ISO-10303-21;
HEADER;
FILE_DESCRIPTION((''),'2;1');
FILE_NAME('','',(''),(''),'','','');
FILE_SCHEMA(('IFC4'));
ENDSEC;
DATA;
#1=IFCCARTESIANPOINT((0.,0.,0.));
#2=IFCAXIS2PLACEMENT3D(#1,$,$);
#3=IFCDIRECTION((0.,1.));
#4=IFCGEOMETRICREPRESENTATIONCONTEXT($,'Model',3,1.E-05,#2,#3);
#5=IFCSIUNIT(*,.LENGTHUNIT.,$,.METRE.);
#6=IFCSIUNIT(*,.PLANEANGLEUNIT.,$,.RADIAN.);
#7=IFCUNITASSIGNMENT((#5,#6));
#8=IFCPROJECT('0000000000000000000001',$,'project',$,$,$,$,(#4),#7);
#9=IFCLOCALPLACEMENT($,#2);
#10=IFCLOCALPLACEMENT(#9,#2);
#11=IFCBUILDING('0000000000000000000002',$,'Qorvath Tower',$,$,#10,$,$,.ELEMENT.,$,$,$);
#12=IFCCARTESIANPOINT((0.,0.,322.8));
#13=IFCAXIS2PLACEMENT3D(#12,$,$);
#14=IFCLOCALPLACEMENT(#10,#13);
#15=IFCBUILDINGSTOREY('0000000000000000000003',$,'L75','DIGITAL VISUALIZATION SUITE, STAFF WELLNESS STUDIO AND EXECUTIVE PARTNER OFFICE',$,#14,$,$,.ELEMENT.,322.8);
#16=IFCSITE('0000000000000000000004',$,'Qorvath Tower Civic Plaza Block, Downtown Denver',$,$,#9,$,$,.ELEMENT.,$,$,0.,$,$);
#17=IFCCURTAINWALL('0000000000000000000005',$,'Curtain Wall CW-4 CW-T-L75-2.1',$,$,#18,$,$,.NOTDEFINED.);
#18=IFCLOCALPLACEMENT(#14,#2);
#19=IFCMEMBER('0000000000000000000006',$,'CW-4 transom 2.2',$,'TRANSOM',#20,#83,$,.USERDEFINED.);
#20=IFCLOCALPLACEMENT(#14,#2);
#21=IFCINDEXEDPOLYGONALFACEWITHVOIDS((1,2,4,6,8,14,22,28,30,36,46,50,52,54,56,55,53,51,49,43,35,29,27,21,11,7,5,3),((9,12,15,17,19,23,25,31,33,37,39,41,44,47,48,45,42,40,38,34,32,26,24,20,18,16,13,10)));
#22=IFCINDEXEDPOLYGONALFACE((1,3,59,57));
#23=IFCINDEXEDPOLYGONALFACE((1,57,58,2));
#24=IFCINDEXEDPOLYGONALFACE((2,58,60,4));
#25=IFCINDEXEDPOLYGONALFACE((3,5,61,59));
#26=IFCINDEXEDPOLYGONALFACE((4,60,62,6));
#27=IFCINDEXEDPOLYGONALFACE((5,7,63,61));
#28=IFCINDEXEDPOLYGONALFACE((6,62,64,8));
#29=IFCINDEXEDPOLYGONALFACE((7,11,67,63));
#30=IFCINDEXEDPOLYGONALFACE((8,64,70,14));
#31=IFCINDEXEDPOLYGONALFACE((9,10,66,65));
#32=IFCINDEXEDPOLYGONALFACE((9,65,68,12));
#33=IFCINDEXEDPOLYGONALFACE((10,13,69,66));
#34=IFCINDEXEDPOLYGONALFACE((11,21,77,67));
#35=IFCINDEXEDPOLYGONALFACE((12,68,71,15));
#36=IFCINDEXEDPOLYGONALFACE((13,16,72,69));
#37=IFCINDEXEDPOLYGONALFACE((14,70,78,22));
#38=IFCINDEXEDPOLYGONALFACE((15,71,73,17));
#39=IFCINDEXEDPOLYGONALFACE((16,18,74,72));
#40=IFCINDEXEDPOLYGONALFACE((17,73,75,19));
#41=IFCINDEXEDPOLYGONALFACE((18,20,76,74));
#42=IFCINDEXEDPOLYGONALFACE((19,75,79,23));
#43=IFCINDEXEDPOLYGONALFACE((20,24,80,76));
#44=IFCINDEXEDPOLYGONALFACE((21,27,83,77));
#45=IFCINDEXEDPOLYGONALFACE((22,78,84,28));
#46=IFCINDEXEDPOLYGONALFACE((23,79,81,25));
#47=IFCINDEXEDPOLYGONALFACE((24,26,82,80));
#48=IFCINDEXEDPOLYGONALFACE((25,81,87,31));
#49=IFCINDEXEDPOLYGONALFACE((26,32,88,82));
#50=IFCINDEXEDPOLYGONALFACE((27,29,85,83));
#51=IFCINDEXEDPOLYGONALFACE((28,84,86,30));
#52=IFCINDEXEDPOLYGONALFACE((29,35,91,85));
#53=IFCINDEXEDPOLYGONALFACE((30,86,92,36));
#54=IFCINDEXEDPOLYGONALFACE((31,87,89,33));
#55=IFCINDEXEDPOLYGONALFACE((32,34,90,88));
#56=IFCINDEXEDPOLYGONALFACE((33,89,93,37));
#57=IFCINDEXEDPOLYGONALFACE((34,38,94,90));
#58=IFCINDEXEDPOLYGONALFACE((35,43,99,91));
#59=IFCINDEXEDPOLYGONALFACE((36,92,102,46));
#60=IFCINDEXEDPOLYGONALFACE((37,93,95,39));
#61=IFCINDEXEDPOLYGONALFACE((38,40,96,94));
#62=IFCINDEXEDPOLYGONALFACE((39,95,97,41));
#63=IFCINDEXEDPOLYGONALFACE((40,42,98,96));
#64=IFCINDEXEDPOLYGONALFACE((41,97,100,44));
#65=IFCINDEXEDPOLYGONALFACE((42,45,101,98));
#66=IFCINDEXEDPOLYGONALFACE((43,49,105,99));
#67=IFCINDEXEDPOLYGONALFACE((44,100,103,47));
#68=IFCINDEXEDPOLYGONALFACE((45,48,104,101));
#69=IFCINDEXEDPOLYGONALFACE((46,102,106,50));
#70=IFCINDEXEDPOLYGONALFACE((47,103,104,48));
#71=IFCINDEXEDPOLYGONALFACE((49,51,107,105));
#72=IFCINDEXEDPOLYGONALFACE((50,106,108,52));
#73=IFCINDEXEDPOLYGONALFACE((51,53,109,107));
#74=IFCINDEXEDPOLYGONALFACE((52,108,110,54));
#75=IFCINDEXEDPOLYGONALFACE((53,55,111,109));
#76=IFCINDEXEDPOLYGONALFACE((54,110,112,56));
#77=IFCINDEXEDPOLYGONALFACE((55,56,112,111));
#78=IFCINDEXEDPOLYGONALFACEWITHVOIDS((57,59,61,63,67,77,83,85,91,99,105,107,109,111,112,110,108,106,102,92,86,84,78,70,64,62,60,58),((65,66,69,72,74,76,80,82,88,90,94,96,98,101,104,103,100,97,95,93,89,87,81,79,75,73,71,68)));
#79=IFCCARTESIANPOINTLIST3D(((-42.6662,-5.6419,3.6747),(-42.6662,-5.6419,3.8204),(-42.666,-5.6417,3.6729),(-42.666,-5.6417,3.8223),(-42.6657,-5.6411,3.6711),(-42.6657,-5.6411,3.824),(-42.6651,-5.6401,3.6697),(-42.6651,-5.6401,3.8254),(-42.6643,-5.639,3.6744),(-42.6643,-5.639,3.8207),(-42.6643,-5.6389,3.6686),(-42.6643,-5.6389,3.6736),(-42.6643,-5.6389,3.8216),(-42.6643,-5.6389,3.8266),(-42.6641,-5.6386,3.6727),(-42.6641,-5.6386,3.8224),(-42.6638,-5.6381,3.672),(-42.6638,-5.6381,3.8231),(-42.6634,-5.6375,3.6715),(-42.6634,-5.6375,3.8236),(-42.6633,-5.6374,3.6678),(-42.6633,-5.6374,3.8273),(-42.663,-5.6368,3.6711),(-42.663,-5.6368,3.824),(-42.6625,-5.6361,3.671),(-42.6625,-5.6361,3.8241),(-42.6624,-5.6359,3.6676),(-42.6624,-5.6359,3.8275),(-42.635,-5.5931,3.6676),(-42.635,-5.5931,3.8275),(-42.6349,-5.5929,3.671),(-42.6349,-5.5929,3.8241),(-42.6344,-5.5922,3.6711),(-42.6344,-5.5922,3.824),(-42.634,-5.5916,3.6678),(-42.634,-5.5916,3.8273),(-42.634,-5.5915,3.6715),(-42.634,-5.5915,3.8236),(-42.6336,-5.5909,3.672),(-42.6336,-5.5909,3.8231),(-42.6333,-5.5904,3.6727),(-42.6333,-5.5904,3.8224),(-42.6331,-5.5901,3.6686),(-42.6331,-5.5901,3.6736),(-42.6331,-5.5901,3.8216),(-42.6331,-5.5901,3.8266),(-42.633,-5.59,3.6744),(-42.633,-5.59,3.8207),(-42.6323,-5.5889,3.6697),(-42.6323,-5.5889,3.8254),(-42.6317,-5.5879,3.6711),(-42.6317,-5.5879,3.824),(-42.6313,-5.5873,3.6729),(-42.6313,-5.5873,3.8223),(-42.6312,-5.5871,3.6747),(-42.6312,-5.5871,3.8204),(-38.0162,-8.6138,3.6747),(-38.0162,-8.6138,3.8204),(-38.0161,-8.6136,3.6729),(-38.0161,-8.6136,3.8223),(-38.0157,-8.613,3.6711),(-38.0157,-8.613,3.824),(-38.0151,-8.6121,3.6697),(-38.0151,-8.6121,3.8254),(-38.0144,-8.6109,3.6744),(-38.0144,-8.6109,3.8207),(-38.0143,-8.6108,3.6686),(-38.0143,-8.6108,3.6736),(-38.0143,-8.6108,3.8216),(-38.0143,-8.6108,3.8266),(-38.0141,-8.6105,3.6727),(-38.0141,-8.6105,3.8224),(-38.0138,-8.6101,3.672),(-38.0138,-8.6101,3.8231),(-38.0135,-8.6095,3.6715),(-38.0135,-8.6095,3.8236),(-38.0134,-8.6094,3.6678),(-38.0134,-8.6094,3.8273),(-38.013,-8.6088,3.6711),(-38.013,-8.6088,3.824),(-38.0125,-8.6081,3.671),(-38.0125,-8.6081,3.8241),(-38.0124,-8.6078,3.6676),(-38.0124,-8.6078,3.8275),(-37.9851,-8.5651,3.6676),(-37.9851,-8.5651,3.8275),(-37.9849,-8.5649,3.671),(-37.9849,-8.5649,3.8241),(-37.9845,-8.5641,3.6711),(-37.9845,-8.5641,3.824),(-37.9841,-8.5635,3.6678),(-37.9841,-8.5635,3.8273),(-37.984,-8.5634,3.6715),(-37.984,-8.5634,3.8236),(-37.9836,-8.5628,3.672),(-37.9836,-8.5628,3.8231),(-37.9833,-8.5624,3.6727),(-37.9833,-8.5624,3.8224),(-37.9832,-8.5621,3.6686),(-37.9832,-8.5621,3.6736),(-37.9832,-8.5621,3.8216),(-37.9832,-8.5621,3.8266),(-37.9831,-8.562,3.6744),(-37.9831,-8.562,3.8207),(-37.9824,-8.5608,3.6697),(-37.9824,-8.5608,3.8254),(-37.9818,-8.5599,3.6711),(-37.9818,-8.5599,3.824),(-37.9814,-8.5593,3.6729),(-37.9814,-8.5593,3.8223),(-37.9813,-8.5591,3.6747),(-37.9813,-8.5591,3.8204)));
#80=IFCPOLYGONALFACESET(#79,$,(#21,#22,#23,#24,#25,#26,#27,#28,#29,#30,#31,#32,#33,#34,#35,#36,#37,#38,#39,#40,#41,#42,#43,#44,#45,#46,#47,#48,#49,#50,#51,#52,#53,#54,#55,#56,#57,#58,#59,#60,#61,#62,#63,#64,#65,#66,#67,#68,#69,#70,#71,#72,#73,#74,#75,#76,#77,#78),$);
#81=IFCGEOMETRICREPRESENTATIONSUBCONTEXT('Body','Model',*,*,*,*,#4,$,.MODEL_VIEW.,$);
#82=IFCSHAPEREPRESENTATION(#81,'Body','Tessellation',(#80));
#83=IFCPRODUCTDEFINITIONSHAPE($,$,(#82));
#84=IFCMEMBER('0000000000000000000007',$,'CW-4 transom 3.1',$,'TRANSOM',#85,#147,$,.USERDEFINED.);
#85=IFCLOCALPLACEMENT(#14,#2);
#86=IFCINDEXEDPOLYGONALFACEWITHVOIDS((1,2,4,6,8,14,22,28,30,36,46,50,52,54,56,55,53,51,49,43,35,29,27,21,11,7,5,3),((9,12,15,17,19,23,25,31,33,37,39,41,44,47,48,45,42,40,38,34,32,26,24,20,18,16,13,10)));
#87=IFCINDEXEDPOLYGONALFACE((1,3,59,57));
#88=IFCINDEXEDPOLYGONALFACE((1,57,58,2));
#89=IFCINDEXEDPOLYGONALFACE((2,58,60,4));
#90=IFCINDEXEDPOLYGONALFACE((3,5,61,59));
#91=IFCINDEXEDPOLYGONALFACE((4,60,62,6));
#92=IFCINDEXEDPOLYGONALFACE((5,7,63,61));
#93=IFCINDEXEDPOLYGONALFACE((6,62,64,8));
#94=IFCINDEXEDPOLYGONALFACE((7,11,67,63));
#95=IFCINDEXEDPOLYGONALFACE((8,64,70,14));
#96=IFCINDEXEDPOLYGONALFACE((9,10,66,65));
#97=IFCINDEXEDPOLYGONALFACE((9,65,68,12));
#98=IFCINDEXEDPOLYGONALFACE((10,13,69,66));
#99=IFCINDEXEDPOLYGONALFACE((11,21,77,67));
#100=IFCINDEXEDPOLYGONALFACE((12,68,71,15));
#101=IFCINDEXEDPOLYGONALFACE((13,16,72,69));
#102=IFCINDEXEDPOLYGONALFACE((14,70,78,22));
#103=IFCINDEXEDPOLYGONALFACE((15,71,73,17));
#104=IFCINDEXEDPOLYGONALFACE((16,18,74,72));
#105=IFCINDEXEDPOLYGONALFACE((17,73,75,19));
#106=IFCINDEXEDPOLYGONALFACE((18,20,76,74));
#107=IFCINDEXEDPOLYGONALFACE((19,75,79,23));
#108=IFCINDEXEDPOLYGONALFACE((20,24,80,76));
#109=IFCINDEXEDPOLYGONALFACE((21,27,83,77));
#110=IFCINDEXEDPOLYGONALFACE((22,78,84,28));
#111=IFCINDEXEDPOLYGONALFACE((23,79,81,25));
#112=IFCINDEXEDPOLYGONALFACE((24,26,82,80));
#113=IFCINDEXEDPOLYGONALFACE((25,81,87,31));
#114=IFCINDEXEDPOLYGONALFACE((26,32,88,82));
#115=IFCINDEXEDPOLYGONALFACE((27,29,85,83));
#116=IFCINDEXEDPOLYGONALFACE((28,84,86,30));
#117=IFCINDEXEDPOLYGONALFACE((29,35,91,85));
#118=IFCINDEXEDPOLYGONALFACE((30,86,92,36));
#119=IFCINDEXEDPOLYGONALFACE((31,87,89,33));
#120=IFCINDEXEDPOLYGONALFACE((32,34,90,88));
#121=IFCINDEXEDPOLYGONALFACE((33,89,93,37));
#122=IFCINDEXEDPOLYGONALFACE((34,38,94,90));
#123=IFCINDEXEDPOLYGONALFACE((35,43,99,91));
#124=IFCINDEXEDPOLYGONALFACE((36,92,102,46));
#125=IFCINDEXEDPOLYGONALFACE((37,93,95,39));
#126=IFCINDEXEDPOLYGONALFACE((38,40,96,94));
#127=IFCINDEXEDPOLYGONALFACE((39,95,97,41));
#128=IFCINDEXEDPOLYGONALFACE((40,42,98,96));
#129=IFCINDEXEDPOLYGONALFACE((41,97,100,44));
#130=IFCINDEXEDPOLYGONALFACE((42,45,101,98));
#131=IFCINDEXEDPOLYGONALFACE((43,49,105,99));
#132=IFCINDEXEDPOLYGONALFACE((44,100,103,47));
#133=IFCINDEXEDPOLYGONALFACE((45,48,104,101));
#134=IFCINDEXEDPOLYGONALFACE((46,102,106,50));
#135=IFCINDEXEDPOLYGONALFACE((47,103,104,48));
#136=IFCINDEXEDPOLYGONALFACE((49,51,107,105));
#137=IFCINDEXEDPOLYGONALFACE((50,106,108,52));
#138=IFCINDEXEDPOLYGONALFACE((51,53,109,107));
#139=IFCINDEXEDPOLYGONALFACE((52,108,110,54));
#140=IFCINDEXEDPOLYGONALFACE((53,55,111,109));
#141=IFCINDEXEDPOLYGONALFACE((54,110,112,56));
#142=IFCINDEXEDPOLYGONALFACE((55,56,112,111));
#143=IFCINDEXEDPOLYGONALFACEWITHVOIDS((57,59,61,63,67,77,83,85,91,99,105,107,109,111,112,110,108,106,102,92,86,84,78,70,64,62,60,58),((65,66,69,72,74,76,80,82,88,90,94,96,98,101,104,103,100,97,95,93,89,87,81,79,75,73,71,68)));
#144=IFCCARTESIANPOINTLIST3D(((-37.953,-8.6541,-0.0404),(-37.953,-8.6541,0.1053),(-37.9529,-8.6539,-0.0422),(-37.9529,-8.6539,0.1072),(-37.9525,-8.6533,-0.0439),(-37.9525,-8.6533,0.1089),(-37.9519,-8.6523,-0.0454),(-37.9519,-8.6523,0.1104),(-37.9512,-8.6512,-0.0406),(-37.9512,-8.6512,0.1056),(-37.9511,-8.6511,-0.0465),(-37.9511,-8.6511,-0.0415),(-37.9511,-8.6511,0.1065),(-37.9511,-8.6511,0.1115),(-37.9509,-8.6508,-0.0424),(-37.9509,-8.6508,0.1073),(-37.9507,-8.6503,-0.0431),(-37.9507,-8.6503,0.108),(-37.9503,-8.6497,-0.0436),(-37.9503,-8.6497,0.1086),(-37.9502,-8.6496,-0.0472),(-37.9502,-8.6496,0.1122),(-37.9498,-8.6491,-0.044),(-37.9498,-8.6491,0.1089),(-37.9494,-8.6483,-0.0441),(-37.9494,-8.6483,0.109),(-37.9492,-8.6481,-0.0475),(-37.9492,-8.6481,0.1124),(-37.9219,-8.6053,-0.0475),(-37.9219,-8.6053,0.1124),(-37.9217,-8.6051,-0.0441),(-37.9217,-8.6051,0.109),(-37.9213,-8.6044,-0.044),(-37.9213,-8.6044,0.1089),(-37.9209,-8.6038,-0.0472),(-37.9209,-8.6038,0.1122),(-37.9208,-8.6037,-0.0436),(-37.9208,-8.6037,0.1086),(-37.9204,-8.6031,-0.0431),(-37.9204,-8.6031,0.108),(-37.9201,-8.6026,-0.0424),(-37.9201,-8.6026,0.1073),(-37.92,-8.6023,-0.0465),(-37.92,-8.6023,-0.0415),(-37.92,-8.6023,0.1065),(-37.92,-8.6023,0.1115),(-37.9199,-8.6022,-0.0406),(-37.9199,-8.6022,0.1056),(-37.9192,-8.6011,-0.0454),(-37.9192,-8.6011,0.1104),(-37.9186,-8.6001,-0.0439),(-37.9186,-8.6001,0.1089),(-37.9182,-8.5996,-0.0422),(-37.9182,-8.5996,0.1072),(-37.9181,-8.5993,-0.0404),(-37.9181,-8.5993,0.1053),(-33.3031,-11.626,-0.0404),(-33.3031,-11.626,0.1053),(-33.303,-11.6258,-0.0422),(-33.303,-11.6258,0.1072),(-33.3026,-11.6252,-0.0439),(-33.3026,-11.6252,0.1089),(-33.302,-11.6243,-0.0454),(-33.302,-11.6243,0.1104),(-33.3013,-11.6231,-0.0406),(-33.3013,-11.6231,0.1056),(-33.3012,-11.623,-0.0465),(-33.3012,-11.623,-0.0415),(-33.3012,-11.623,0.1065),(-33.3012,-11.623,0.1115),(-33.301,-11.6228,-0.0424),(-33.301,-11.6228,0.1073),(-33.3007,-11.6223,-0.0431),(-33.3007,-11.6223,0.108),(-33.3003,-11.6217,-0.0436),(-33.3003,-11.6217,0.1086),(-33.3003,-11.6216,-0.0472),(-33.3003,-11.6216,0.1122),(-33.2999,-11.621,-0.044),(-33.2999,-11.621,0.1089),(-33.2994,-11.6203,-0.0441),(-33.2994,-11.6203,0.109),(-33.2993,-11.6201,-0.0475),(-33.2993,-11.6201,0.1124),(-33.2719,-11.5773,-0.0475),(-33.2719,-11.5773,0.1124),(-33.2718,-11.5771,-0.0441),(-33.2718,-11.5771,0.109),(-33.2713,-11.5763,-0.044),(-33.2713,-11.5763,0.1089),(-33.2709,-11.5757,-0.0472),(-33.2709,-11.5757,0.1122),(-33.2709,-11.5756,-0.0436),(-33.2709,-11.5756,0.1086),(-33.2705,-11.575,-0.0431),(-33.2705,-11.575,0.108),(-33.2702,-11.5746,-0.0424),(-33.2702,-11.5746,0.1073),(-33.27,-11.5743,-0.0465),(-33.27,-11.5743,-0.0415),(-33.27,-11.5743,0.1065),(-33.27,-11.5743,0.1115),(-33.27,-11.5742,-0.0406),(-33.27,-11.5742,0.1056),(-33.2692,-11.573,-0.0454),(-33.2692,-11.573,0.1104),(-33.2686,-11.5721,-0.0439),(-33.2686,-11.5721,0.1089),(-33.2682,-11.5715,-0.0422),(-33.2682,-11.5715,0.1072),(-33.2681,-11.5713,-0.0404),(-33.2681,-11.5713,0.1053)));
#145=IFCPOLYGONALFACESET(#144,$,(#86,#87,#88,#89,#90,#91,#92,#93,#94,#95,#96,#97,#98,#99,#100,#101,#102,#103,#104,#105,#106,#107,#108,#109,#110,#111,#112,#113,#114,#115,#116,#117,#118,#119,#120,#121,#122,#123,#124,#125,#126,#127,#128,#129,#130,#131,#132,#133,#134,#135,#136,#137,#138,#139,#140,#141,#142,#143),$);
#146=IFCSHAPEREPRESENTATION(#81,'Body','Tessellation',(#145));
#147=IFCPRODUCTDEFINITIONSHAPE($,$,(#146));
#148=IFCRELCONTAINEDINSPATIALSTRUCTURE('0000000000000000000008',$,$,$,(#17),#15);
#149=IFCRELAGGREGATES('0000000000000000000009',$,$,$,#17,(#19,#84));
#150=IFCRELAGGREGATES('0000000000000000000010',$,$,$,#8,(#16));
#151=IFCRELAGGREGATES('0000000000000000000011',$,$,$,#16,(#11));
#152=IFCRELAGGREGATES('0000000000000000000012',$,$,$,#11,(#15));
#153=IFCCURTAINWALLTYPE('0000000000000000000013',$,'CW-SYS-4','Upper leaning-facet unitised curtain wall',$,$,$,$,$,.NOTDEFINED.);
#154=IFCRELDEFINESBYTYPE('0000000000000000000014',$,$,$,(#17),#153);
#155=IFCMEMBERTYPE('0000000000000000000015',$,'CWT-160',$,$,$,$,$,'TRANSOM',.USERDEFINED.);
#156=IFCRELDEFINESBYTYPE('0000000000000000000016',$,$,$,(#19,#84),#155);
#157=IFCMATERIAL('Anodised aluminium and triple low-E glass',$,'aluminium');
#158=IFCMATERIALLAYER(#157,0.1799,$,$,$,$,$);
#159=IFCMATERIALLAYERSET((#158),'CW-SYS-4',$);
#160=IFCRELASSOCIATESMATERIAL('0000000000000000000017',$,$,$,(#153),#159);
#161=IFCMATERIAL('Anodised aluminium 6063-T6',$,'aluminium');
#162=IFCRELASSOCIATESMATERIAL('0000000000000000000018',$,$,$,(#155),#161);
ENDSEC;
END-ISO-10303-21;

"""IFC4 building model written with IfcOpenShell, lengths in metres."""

from ifc_helpers import new_model, si_unit, direction, frame, origin, origin_2d, place, context, subcontext, project, spatial, hollow_rectangle, extrude, material, layer, layer_set, material_profile, profile_set, type_object, element, aggregate, save


model = new_model("IFC4")

# Units and contexts
model_context = context("Model", 3, precision=1e-05, world=origin(), true_north=direction((0.0, 1.0)))
body_context = subcontext(model_context, "Body", "Model", "MODEL_VIEW")
ifc_project = project(units=[si_unit("LENGTHUNIT", "METRE"), si_unit("PLANEANGLEUNIT", "RADIAN")], contexts=[model_context])

# Site, building, storey
site_placement = place(None, origin())
site = spatial("IfcSite", under=ifc_project, at=site_placement, Name="Qorvath Tower Civic Plaza Block, Downtown Denver", CompositionType="ELEMENT", RefElevation=0.0)
building_placement = place(site_placement, origin())
building = spatial("IfcBuilding", under=site, at=building_placement, Name="Qorvath Tower", CompositionType="ELEMENT")
storey_placement = place(building_placement, frame((0.0, 0.0, 322.8)))
storey = spatial("IfcBuildingStorey", under=building, at=storey_placement, Name="L75", Description="DIGITAL VISUALIZATION SUITE, STAFF WELLNESS STUDIO AND EXECUTIVE PARTNER OFFICE", CompositionType="ELEMENT", Elevation=322.8)

# Curtain wall, members
ifc_material_1 = material(Name="Anodised aluminium and triple low-E glass", Category="aluminium")
ifc_layer_1 = layer(ifc_material_1, 0.1799)
ifc_layer_set_1 = layer_set([ifc_layer_1], Name="CW-SYS-4")
curtain_wall_type = type_object("IfcCurtainWallType", Name="CW-SYS-4", Description="Upper leaning-facet unitised curtain wall", PredefinedType="NOTDEFINED", material=ifc_layer_set_1)
curtain_wall_placement = place(storey_placement, origin())
curtain_wall = element("IfcCurtainWall", 1, at=curtain_wall_placement, inside=storey, type_object=curtain_wall_type, Name="Curtain Wall CW-4 CW-T-L75-2.1", PredefinedType="NOTDEFINED")
ifc_material_2 = material(Name="Anodised aluminium 6063-T6", Category="aluminium")
ifc_material_profile_1 = material_profile(ifc_material_2, hollow_rectangle(XDim=0.0649, YDim=0.1599, WallThickness=0.0034, InnerFilletRadius=0.0034, OuterFilletRadius=0.0071, at=origin_2d()), Name="CWT 160x65")
ifc_profile_set_1 = profile_set([ifc_material_profile_1], Name="Anodised aluminium 6063-T6")
member_type_1 = type_object("IfcMemberType", Name="CWT-160", ElementType="TRANSOM", PredefinedType="USERDEFINED", material=ifc_profile_set_1)
member_1_placement = place(storey_placement, frame((-42.6487, -5.6145, 3.7476), z_axis=(0.842601, -0.538538, 0.0), x_axis=(0.538538, 0.842601, 0.0)))
member_1 = element("IfcMember", 2, at=member_1_placement, type_object=member_type_1, Name="CW-4 transom 2.2", ObjectType="TRANSOM", PredefinedType="USERDEFINED", context=body_context, shape_type="SweptSolid", body=[
    extrude(hollow_rectangle(XDim=0.0649, YDim=0.1599, WallThickness=0.0034, InnerFilletRadius=0.0034, OuterFilletRadius=0.0071, at=origin_2d()), origin(), (0.0, 0.0, 1.0), 5.5186),
])
member_2_placement = place(storey_placement, frame((-37.9355, -8.6267, 0.0325), z_axis=(0.842601, -0.538538, 0.0), x_axis=(0.538538, 0.842601, 0.0)))
member_2 = element("IfcMember", 3, at=member_2_placement, type_object=member_type_1, Name="CW-4 transom 3.1", ObjectType="TRANSOM", PredefinedType="USERDEFINED", context=body_context, shape_type="SweptSolid", body=[
    extrude(hollow_rectangle(XDim=0.0649, YDim=0.1599, WallThickness=0.0034, InnerFilletRadius=0.0034, OuterFilletRadius=0.0071, at=origin_2d()), origin(), (0.0, 0.0, 1.0), 5.5186),
])
aggregate(curtain_wall, [member_1, member_2])

save(model, "model.ifc")
